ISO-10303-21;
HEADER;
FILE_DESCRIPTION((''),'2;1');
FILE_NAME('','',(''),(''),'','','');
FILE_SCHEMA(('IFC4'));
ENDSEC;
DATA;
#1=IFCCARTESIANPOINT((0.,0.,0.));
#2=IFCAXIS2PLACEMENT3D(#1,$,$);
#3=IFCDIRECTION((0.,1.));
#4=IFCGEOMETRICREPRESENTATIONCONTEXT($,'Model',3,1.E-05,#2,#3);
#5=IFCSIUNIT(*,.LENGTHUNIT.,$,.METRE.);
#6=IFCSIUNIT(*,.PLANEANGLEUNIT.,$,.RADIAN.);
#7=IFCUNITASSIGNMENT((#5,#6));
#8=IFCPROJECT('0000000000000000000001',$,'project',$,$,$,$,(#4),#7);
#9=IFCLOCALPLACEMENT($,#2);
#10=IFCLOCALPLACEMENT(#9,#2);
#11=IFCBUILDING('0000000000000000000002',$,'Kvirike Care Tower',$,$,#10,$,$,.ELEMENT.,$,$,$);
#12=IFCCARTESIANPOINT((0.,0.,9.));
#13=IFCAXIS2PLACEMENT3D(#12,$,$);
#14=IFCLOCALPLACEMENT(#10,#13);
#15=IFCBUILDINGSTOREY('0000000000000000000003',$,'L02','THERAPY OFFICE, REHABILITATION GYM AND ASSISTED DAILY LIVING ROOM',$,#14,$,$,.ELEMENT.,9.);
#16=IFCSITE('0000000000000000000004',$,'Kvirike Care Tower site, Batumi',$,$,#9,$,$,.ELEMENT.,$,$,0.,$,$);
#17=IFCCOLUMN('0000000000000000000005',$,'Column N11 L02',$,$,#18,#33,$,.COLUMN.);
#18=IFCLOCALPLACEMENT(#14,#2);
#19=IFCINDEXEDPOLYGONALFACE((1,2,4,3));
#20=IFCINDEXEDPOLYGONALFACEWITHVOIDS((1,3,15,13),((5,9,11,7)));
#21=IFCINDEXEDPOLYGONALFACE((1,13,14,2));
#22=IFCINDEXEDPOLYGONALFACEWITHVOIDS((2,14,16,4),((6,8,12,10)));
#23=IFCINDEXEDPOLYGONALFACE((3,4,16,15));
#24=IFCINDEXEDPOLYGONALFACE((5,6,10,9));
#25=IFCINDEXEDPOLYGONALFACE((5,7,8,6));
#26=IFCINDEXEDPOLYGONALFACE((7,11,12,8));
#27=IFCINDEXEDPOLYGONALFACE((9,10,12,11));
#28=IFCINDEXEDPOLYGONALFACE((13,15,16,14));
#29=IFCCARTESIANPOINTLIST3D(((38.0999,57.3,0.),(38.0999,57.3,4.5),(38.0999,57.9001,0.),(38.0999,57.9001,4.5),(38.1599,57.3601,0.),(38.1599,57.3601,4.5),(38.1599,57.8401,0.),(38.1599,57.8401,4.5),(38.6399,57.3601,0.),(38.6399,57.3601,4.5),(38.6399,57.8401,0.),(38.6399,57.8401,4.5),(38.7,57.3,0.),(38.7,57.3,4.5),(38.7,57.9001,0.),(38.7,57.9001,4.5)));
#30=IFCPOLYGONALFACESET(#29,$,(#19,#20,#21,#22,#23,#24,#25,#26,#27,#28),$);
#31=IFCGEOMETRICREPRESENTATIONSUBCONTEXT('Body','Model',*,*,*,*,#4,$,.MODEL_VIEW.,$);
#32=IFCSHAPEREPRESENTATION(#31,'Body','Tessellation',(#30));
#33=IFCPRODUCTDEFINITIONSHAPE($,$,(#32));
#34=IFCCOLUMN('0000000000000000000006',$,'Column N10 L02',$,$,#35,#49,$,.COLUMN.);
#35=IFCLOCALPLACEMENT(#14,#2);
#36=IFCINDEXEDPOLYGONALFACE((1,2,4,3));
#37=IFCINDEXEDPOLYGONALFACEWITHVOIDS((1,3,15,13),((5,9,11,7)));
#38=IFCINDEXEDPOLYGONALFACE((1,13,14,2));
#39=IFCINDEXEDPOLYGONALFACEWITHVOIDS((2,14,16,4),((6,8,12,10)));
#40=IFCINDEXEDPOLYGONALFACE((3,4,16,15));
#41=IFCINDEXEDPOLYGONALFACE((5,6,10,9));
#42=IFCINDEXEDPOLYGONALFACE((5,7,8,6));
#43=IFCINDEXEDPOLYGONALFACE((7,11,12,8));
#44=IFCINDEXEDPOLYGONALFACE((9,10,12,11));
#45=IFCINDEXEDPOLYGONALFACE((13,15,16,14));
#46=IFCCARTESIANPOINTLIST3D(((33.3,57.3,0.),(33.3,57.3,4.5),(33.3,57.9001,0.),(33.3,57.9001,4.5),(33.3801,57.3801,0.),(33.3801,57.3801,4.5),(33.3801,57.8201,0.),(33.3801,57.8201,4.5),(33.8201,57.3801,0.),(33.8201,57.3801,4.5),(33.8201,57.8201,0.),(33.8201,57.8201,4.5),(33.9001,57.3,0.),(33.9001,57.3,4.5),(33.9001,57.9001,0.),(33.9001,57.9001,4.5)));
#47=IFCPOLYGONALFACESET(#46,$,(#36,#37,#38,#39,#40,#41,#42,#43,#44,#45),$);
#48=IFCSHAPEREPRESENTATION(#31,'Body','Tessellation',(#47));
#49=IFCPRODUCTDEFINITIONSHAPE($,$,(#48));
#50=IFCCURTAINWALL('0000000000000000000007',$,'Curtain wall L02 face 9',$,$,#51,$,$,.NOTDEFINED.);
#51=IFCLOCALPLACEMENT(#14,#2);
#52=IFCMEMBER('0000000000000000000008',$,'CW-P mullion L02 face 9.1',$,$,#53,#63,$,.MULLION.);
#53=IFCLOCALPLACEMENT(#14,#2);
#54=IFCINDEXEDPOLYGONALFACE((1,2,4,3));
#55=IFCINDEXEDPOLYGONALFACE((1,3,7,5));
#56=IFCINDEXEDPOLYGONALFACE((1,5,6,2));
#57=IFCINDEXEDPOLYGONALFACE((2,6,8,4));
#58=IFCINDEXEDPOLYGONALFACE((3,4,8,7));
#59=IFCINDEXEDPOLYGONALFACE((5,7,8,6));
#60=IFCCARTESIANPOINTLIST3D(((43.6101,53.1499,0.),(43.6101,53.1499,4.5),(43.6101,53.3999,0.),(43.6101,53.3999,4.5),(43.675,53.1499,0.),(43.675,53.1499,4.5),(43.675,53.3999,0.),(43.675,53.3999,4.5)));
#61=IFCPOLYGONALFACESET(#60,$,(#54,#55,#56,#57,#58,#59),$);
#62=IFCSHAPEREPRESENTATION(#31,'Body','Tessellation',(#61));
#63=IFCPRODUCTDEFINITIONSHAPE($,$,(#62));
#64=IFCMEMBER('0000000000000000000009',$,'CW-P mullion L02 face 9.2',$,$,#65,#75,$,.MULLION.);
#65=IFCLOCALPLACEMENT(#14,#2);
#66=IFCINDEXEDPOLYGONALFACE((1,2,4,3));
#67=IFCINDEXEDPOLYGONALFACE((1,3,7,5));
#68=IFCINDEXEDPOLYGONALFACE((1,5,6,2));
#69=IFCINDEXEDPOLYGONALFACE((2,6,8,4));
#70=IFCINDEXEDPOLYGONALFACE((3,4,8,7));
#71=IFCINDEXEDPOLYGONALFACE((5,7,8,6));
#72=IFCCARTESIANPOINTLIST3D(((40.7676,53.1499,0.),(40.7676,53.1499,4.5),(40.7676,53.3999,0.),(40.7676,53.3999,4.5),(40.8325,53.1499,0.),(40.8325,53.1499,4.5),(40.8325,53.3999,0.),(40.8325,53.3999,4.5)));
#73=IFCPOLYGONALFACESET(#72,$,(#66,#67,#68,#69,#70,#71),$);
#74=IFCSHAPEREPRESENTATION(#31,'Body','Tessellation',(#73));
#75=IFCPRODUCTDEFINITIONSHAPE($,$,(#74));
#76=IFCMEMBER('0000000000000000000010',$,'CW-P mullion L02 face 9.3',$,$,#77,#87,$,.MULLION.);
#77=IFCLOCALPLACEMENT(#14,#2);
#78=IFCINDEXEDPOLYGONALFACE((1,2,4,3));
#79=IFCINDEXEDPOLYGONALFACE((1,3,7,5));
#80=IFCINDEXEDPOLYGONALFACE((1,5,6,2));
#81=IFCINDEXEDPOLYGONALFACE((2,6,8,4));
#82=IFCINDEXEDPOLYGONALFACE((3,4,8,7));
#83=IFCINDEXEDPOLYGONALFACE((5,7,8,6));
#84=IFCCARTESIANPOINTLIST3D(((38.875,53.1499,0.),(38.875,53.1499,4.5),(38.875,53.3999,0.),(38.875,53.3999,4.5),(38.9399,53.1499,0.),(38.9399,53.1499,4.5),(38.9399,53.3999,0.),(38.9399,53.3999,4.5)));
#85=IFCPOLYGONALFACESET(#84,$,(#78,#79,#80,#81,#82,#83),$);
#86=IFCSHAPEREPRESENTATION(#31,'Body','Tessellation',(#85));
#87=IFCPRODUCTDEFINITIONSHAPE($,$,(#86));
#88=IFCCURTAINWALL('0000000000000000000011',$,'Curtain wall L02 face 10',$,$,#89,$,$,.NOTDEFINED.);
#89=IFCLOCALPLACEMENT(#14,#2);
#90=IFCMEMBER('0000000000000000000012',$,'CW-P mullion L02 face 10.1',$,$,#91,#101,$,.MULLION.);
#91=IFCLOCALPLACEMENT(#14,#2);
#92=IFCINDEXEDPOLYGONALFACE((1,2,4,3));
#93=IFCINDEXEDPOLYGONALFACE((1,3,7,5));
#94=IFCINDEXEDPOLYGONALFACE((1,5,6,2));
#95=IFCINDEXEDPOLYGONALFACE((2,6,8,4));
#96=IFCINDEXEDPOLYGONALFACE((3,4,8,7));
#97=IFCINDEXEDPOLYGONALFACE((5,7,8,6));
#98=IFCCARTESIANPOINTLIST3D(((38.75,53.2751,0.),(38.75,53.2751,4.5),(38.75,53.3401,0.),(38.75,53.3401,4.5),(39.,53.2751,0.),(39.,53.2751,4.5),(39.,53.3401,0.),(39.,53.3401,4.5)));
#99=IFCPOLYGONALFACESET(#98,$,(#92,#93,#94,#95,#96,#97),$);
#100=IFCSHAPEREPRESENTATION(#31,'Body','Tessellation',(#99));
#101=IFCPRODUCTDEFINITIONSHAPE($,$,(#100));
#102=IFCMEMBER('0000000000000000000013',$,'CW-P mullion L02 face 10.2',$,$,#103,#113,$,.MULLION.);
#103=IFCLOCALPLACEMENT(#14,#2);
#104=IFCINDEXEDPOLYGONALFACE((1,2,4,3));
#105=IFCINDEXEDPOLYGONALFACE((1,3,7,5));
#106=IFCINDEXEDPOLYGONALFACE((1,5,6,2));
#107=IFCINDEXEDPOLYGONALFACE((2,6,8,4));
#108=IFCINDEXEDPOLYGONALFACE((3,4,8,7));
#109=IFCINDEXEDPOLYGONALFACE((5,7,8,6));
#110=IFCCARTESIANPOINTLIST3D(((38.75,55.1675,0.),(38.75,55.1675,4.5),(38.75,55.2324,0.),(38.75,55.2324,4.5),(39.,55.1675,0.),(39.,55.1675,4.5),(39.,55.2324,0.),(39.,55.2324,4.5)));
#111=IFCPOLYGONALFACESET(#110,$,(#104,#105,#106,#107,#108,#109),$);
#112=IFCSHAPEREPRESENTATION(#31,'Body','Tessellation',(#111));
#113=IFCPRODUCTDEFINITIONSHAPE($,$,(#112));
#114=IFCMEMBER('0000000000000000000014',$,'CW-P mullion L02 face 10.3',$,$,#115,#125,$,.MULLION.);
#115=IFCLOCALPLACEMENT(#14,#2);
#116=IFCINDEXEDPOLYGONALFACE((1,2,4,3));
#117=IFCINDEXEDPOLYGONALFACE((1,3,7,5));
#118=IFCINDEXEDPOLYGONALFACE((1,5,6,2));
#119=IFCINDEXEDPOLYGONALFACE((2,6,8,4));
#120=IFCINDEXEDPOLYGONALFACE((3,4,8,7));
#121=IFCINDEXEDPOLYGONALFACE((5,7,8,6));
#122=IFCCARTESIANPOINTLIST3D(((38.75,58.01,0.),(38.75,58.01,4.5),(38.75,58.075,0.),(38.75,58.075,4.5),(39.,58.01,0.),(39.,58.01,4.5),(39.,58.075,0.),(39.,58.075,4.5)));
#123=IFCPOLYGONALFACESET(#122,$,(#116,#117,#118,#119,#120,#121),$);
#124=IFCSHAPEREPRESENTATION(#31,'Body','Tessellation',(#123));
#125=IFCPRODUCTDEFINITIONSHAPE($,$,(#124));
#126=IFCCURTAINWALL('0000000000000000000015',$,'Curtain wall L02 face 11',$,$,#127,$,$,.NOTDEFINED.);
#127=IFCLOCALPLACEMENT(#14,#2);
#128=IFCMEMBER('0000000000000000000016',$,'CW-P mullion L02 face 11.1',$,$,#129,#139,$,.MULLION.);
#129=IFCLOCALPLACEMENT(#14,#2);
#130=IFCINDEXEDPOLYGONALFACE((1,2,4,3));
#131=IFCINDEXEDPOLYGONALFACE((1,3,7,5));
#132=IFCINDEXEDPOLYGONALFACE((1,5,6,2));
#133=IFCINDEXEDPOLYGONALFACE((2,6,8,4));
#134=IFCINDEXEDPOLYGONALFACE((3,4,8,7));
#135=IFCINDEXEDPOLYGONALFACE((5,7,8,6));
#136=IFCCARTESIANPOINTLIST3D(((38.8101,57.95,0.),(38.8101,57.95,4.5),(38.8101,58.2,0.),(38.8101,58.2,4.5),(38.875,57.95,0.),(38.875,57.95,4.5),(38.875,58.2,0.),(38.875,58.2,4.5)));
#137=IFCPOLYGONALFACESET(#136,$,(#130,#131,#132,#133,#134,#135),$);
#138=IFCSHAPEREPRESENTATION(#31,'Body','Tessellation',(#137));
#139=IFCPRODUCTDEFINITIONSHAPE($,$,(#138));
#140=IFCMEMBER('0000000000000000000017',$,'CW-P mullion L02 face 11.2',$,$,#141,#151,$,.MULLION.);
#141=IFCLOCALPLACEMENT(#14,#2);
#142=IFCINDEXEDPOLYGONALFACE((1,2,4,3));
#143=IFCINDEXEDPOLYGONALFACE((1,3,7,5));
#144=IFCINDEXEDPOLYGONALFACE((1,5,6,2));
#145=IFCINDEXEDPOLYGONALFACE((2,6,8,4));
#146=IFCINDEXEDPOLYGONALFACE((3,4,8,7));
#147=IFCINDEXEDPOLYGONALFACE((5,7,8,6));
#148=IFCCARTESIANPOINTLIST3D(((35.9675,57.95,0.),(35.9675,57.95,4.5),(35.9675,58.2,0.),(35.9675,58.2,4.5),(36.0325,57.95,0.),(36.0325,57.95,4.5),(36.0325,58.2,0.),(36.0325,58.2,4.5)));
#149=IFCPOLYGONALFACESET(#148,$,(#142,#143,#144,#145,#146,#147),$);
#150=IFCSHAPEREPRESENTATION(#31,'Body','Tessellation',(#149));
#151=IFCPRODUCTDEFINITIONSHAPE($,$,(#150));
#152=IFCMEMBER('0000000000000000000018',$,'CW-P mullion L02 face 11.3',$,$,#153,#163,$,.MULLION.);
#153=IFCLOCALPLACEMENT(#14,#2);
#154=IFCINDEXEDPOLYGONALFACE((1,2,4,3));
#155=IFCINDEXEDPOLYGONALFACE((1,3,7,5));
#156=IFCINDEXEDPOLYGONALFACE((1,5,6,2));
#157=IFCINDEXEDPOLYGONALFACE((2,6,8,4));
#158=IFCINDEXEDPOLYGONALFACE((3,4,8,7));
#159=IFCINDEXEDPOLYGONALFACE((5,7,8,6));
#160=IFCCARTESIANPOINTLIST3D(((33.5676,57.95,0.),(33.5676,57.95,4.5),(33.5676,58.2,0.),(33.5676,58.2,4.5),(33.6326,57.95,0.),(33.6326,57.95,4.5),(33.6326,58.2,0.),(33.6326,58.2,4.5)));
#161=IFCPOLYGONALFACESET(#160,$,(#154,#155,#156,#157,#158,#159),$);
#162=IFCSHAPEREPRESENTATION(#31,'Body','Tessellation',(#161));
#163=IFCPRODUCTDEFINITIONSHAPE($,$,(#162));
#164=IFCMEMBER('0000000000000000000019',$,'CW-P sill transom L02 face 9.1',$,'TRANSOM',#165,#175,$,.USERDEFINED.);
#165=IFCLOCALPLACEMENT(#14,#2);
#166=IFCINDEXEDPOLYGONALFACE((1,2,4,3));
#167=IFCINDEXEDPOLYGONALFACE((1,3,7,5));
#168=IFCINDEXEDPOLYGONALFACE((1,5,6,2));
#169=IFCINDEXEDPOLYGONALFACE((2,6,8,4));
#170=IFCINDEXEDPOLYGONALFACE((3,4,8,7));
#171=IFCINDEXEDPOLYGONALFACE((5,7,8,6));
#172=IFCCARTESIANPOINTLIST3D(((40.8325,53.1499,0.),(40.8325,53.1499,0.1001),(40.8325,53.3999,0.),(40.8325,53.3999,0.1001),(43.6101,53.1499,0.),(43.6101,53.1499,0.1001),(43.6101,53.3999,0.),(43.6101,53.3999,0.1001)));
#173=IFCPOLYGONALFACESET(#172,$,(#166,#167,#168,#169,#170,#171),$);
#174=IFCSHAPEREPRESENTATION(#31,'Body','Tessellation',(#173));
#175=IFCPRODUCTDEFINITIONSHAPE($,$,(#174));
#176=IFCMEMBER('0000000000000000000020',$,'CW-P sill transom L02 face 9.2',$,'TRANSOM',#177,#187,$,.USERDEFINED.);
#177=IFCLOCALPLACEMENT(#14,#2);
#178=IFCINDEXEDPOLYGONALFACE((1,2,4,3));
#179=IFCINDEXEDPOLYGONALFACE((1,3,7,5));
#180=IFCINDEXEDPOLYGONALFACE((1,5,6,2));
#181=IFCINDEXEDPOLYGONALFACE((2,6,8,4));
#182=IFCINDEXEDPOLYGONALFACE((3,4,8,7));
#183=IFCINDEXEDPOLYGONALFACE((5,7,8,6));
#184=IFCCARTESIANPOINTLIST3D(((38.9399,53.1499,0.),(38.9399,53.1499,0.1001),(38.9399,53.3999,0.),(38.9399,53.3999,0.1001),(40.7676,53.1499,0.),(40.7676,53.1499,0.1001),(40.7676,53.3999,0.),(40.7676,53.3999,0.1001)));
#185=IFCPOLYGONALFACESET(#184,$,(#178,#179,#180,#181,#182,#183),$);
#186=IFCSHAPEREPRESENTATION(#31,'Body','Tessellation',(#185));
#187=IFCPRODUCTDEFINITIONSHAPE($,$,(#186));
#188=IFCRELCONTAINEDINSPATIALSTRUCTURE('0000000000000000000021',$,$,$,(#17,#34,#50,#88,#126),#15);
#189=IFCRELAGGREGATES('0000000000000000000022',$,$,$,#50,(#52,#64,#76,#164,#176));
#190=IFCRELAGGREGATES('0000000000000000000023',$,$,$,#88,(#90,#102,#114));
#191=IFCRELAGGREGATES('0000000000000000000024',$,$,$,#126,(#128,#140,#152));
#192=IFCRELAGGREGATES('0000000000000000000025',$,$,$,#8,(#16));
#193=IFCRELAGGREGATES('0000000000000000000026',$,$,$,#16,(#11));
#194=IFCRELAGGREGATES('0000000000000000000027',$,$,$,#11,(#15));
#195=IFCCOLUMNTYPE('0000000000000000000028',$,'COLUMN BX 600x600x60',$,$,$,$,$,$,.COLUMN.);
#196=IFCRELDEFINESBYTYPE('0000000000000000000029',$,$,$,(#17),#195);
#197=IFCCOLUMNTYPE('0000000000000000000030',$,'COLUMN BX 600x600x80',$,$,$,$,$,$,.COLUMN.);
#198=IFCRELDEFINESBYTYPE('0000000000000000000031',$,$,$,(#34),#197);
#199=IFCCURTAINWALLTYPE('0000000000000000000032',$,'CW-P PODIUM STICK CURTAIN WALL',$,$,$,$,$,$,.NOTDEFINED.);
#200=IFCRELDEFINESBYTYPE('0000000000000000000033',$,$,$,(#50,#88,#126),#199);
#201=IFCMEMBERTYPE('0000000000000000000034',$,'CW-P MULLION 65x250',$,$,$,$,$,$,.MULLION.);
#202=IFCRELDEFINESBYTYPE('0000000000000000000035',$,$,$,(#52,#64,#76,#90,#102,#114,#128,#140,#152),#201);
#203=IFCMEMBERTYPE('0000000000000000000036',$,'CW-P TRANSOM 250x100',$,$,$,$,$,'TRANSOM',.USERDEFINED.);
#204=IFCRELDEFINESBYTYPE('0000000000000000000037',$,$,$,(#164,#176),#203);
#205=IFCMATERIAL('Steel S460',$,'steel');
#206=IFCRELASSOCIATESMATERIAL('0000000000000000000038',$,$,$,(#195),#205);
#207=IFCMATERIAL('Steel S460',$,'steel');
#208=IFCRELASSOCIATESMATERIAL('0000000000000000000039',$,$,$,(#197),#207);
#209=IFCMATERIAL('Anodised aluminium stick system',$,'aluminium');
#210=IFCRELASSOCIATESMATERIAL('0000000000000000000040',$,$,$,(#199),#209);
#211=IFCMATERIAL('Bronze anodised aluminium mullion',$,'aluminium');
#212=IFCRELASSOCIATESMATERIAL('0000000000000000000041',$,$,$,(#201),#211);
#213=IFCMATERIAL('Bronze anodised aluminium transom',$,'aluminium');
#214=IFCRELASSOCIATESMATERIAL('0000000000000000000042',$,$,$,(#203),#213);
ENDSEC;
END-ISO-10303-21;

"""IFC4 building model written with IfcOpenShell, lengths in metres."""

from ifc_helpers import new_model, si_unit, direction, frame, origin, origin_2d, place, context, subcontext, project, spatial, rectangle, hollow_rectangle, extrude, material, material_profile, profile_set, type_object, element, aggregate, save


model = new_model("IFC4")

# Units and contexts
model_context = context("Model", 3, precision=1e-05, world=origin(), true_north=direction((0.0, 1.0)))
body_context = subcontext(model_context, "Body", "Model", "MODEL_VIEW")
ifc_project = project(units=[si_unit("LENGTHUNIT", "METRE"), si_unit("PLANEANGLEUNIT", "RADIAN")], contexts=[model_context])

# Site, building, storey
site_placement = place(None, origin())
site = spatial("IfcSite", under=ifc_project, at=site_placement, Name="Kvirike Care Tower site, Batumi", CompositionType="ELEMENT", RefElevation=0.0)
building_placement = place(site_placement, origin())
building = spatial("IfcBuilding", under=site, at=building_placement, Name="Kvirike Care Tower", CompositionType="ELEMENT")
storey_placement = place(building_placement, frame((0.0, 0.0, 9.0)))
storey = spatial("IfcBuildingStorey", under=building, at=storey_placement, Name="L02", Description="THERAPY OFFICE, REHABILITATION GYM AND ASSISTED DAILY LIVING ROOM", CompositionType="ELEMENT", Elevation=9.0)

# Columns
ifc_material_1 = material(Name="Steel S460", Category="steel")
ifc_material_profile_1 = material_profile(ifc_material_1, hollow_rectangle(XDim=0.6001, YDim=0.6001, WallThickness=0.0601, at=origin_2d()), Name="BX 600x600x60")
ifc_profile_set_1 = profile_set([ifc_material_profile_1], Name="Steel S460")
column_type_1 = type_object("IfcColumnType", Name="COLUMN BX 600x600x60", PredefinedType="COLUMN", material=ifc_profile_set_1)
column_1_placement = place(storey_placement, frame((38.3999, 57.6001, 0.0), z_axis=(0.0, 0.0, 1.0), x_axis=(0.0, 1.0, 0.0)))
element("IfcColumn", 1, at=column_1_placement, inside=storey, type_object=column_type_1, Name="Column N11 L02", PredefinedType="COLUMN", context=body_context, shape_type="SweptSolid", body=[
    extrude(hollow_rectangle(XDim=0.6001, YDim=0.6001, WallThickness=0.0601, at=origin_2d()), origin(), (0.0, 0.0, 1.0), 4.5),
])
ifc_material_2 = material(Name="Steel S460", Category="steel")
ifc_material_profile_2 = material_profile(ifc_material_2, hollow_rectangle(XDim=0.6001, YDim=0.6001, WallThickness=0.0801, at=origin_2d()), Name="BX 600x600x80")
ifc_profile_set_2 = profile_set([ifc_material_profile_2], Name="Steel S460")
column_type_2 = type_object("IfcColumnType", Name="COLUMN BX 600x600x80", PredefinedType="COLUMN", material=ifc_profile_set_2)
column_2_placement = place(storey_placement, frame((33.6001, 57.6001, 0.0), z_axis=(0.0, 0.0, 1.0), x_axis=(0.0, 1.0, 0.0)))
element("IfcColumn", 2, at=column_2_placement, inside=storey, type_object=column_type_2, Name="Column N10 L02", PredefinedType="COLUMN", context=body_context, shape_type="SweptSolid", body=[
    extrude(hollow_rectangle(XDim=0.6001, YDim=0.6001, WallThickness=0.0801, at=origin_2d()), origin(), (0.0, 0.0, 1.0), 4.5),
])

# Curtain walls, members
ifc_material_3 = material(Name="Anodised aluminium stick system", Category="aluminium")
curtain_wall_type = type_object("IfcCurtainWallType", Name="CW-P PODIUM STICK CURTAIN WALL", PredefinedType="NOTDEFINED", material=ifc_material_3)
curtain_wall_1_placement = place(storey_placement, origin())
curtain_wall_1 = element("IfcCurtainWall", 3, at=curtain_wall_1_placement, inside=storey, type_object=curtain_wall_type, Name="Curtain wall L02 face 9", PredefinedType="NOTDEFINED")
ifc_material_4 = material(Name="Bronze anodised aluminium mullion", Category="aluminium")
ifc_material_profile_3 = material_profile(ifc_material_4, rectangle(XDim=0.0649, YDim=0.25, at=origin_2d()), Name="CW-P MULLION 65x250")
ifc_profile_set_3 = profile_set([ifc_material_profile_3], Name="Bronze anodised aluminium mullion")
member_type_1 = type_object("IfcMemberType", Name="CW-P MULLION 65x250", PredefinedType="MULLION", material=ifc_profile_set_3)
member_1_placement = place(storey_placement, frame((43.6426, 53.2749, 0.0), z_axis=(0.0, 0.0, 1.0), x_axis=(-1.0, 0.0, 0.0)))
member_1 = element("IfcMember", 4, at=member_1_placement, type_object=member_type_1, Name="CW-P mullion L02 face 9.1", PredefinedType="MULLION", context=body_context, shape_type="SweptSolid", body=[
    extrude(rectangle(XDim=0.0649, YDim=0.25, at=origin_2d()), origin(), (0.0, 0.0, 1.0), 4.5),
])
member_2_placement = place(storey_placement, frame((40.8, 53.2749, 0.0), z_axis=(0.0, 0.0, 1.0), x_axis=(-1.0, 0.0, 0.0)))
member_2 = element("IfcMember", 5, at=member_2_placement, type_object=member_type_1, Name="CW-P mullion L02 face 9.2", PredefinedType="MULLION", context=body_context, shape_type="SweptSolid", body=[
    extrude(rectangle(XDim=0.0649, YDim=0.25, at=origin_2d()), origin(), (0.0, 0.0, 1.0), 4.5),
])
member_3_placement = place(storey_placement, frame((38.9075, 53.2749, 0.0), z_axis=(0.0, 0.0, 1.0), x_axis=(-1.0, 0.0, 0.0)))
member_3 = element("IfcMember", 6, at=member_3_placement, type_object=member_type_1, Name="CW-P mullion L02 face 9.3", PredefinedType="MULLION", context=body_context, shape_type="SweptSolid", body=[
    extrude(rectangle(XDim=0.0649, YDim=0.25, at=origin_2d()), origin(), (0.0, 0.0, 1.0), 4.5),
])
curtain_wall_2_placement = place(storey_placement, origin())
curtain_wall_2 = element("IfcCurtainWall", 7, at=curtain_wall_2_placement, inside=storey, type_object=curtain_wall_type, Name="Curtain wall L02 face 10", PredefinedType="NOTDEFINED")
member_4_placement = place(storey_placement, frame((38.875, 53.3076, 0.0), z_axis=(0.0, 0.0, 1.0), x_axis=(0.0, 1.0, 0.0)))
member_4 = element("IfcMember", 8, at=member_4_placement, type_object=member_type_1, Name="CW-P mullion L02 face 10.1", PredefinedType="MULLION", context=body_context, shape_type="SweptSolid", body=[
    extrude(rectangle(XDim=0.0649, YDim=0.25, at=origin_2d()), origin(), (0.0, 0.0, 1.0), 4.5),
])
member_5_placement = place(storey_placement, frame((38.875, 55.2, 0.0), z_axis=(0.0, 0.0, 1.0), x_axis=(0.0, 1.0, 0.0)))
member_5 = element("IfcMember", 9, at=member_5_placement, type_object=member_type_1, Name="CW-P mullion L02 face 10.2", PredefinedType="MULLION", context=body_context, shape_type="SweptSolid", body=[
    extrude(rectangle(XDim=0.0649, YDim=0.25, at=origin_2d()), origin(), (0.0, 0.0, 1.0), 4.5),
])
member_6_placement = place(storey_placement, frame((38.875, 58.0425, 0.0), z_axis=(0.0, 0.0, 1.0), x_axis=(0.0, 1.0, 0.0)))
member_6 = element("IfcMember", 10, at=member_6_placement, type_object=member_type_1, Name="CW-P mullion L02 face 10.3", PredefinedType="MULLION", context=body_context, shape_type="SweptSolid", body=[
    extrude(rectangle(XDim=0.0649, YDim=0.25, at=origin_2d()), origin(), (0.0, 0.0, 1.0), 4.5),
])
curtain_wall_3_placement = place(storey_placement, origin())
curtain_wall_3 = element("IfcCurtainWall", 11, at=curtain_wall_3_placement, inside=storey, type_object=curtain_wall_type, Name="Curtain wall L02 face 11", PredefinedType="NOTDEFINED")
member_7_placement = place(storey_placement, frame((38.8425, 58.075, 0.0), z_axis=(0.0, 0.0, 1.0), x_axis=(-1.0, 0.0, 0.0)))
member_7 = element("IfcMember", 12, at=member_7_placement, type_object=member_type_1, Name="CW-P mullion L02 face 11.1", PredefinedType="MULLION", context=body_context, shape_type="SweptSolid", body=[
    extrude(rectangle(XDim=0.0649, YDim=0.25, at=origin_2d()), origin(), (0.0, 0.0, 1.0), 4.5),
])
member_8_placement = place(storey_placement, frame((36.0, 58.075, 0.0), z_axis=(0.0, 0.0, 1.0), x_axis=(-1.0, 0.0, 0.0)))
member_8 = element("IfcMember", 13, at=member_8_placement, type_object=member_type_1, Name="CW-P mullion L02 face 11.2", PredefinedType="MULLION", context=body_context, shape_type="SweptSolid", body=[
    extrude(rectangle(XDim=0.0649, YDim=0.25, at=origin_2d()), origin(), (0.0, 0.0, 1.0), 4.5),
])
member_9_placement = place(storey_placement, frame((33.6001, 58.075, 0.0), z_axis=(0.0, 0.0, 1.0), x_axis=(-1.0, 0.0, 0.0)))
member_9 = element("IfcMember", 14, at=member_9_placement, type_object=member_type_1, Name="CW-P mullion L02 face 11.3", PredefinedType="MULLION", context=body_context, shape_type="SweptSolid", body=[
    extrude(rectangle(XDim=0.0649, YDim=0.25, at=origin_2d()), origin(), (0.0, 0.0, 1.0), 4.5),
])

# Members
ifc_material_5 = material(Name="Bronze anodised aluminium transom", Category="aluminium")
ifc_material_profile_4 = material_profile(ifc_material_5, rectangle(XDim=0.25, YDim=0.1001, at=origin_2d()), Name="CW-P TRANSOM 250x100")
ifc_profile_set_4 = profile_set([ifc_material_profile_4], Name="Bronze anodised aluminium transom")
member_type_2 = type_object("IfcMemberType", Name="CW-P TRANSOM 250x100", ElementType="TRANSOM", PredefinedType="USERDEFINED", material=ifc_profile_set_4)
member_10_placement = place(storey_placement, frame((43.6101, 53.2749, 0.05), z_axis=(-1.0, 0.0, 0.0), x_axis=(0.0, -1.0, 0.0)))
member_10 = element("IfcMember", 15, at=member_10_placement, type_object=member_type_2, Name="CW-P sill transom L02 face 9.1", ObjectType="TRANSOM", PredefinedType="USERDEFINED", context=body_context, shape_type="SweptSolid", body=[
    extrude(rectangle(XDim=0.25, YDim=0.1001, at=origin_2d()), origin(), (0.0, 0.0, 1.0), 2.7776),
])
member_11_placement = place(storey_placement, frame((40.7676, 53.2749, 0.05), z_axis=(-1.0, 0.0, 0.0), x_axis=(0.0, -1.0, 0.0)))
member_11 = element("IfcMember", 16, at=member_11_placement, type_object=member_type_2, Name="CW-P sill transom L02 face 9.2", ObjectType="TRANSOM", PredefinedType="USERDEFINED", context=body_context, shape_type="SweptSolid", body=[
    extrude(rectangle(XDim=0.25, YDim=0.1001, at=origin_2d()), origin(), (0.0, 0.0, 1.0), 1.8276),
])

aggregate(curtain_wall_1, [member_1, member_2, member_3, member_10, member_11])
aggregate(curtain_wall_2, [member_4, member_5, member_6])
aggregate(curtain_wall_3, [member_7, member_8, member_9])

save(model, "model.ifc")
